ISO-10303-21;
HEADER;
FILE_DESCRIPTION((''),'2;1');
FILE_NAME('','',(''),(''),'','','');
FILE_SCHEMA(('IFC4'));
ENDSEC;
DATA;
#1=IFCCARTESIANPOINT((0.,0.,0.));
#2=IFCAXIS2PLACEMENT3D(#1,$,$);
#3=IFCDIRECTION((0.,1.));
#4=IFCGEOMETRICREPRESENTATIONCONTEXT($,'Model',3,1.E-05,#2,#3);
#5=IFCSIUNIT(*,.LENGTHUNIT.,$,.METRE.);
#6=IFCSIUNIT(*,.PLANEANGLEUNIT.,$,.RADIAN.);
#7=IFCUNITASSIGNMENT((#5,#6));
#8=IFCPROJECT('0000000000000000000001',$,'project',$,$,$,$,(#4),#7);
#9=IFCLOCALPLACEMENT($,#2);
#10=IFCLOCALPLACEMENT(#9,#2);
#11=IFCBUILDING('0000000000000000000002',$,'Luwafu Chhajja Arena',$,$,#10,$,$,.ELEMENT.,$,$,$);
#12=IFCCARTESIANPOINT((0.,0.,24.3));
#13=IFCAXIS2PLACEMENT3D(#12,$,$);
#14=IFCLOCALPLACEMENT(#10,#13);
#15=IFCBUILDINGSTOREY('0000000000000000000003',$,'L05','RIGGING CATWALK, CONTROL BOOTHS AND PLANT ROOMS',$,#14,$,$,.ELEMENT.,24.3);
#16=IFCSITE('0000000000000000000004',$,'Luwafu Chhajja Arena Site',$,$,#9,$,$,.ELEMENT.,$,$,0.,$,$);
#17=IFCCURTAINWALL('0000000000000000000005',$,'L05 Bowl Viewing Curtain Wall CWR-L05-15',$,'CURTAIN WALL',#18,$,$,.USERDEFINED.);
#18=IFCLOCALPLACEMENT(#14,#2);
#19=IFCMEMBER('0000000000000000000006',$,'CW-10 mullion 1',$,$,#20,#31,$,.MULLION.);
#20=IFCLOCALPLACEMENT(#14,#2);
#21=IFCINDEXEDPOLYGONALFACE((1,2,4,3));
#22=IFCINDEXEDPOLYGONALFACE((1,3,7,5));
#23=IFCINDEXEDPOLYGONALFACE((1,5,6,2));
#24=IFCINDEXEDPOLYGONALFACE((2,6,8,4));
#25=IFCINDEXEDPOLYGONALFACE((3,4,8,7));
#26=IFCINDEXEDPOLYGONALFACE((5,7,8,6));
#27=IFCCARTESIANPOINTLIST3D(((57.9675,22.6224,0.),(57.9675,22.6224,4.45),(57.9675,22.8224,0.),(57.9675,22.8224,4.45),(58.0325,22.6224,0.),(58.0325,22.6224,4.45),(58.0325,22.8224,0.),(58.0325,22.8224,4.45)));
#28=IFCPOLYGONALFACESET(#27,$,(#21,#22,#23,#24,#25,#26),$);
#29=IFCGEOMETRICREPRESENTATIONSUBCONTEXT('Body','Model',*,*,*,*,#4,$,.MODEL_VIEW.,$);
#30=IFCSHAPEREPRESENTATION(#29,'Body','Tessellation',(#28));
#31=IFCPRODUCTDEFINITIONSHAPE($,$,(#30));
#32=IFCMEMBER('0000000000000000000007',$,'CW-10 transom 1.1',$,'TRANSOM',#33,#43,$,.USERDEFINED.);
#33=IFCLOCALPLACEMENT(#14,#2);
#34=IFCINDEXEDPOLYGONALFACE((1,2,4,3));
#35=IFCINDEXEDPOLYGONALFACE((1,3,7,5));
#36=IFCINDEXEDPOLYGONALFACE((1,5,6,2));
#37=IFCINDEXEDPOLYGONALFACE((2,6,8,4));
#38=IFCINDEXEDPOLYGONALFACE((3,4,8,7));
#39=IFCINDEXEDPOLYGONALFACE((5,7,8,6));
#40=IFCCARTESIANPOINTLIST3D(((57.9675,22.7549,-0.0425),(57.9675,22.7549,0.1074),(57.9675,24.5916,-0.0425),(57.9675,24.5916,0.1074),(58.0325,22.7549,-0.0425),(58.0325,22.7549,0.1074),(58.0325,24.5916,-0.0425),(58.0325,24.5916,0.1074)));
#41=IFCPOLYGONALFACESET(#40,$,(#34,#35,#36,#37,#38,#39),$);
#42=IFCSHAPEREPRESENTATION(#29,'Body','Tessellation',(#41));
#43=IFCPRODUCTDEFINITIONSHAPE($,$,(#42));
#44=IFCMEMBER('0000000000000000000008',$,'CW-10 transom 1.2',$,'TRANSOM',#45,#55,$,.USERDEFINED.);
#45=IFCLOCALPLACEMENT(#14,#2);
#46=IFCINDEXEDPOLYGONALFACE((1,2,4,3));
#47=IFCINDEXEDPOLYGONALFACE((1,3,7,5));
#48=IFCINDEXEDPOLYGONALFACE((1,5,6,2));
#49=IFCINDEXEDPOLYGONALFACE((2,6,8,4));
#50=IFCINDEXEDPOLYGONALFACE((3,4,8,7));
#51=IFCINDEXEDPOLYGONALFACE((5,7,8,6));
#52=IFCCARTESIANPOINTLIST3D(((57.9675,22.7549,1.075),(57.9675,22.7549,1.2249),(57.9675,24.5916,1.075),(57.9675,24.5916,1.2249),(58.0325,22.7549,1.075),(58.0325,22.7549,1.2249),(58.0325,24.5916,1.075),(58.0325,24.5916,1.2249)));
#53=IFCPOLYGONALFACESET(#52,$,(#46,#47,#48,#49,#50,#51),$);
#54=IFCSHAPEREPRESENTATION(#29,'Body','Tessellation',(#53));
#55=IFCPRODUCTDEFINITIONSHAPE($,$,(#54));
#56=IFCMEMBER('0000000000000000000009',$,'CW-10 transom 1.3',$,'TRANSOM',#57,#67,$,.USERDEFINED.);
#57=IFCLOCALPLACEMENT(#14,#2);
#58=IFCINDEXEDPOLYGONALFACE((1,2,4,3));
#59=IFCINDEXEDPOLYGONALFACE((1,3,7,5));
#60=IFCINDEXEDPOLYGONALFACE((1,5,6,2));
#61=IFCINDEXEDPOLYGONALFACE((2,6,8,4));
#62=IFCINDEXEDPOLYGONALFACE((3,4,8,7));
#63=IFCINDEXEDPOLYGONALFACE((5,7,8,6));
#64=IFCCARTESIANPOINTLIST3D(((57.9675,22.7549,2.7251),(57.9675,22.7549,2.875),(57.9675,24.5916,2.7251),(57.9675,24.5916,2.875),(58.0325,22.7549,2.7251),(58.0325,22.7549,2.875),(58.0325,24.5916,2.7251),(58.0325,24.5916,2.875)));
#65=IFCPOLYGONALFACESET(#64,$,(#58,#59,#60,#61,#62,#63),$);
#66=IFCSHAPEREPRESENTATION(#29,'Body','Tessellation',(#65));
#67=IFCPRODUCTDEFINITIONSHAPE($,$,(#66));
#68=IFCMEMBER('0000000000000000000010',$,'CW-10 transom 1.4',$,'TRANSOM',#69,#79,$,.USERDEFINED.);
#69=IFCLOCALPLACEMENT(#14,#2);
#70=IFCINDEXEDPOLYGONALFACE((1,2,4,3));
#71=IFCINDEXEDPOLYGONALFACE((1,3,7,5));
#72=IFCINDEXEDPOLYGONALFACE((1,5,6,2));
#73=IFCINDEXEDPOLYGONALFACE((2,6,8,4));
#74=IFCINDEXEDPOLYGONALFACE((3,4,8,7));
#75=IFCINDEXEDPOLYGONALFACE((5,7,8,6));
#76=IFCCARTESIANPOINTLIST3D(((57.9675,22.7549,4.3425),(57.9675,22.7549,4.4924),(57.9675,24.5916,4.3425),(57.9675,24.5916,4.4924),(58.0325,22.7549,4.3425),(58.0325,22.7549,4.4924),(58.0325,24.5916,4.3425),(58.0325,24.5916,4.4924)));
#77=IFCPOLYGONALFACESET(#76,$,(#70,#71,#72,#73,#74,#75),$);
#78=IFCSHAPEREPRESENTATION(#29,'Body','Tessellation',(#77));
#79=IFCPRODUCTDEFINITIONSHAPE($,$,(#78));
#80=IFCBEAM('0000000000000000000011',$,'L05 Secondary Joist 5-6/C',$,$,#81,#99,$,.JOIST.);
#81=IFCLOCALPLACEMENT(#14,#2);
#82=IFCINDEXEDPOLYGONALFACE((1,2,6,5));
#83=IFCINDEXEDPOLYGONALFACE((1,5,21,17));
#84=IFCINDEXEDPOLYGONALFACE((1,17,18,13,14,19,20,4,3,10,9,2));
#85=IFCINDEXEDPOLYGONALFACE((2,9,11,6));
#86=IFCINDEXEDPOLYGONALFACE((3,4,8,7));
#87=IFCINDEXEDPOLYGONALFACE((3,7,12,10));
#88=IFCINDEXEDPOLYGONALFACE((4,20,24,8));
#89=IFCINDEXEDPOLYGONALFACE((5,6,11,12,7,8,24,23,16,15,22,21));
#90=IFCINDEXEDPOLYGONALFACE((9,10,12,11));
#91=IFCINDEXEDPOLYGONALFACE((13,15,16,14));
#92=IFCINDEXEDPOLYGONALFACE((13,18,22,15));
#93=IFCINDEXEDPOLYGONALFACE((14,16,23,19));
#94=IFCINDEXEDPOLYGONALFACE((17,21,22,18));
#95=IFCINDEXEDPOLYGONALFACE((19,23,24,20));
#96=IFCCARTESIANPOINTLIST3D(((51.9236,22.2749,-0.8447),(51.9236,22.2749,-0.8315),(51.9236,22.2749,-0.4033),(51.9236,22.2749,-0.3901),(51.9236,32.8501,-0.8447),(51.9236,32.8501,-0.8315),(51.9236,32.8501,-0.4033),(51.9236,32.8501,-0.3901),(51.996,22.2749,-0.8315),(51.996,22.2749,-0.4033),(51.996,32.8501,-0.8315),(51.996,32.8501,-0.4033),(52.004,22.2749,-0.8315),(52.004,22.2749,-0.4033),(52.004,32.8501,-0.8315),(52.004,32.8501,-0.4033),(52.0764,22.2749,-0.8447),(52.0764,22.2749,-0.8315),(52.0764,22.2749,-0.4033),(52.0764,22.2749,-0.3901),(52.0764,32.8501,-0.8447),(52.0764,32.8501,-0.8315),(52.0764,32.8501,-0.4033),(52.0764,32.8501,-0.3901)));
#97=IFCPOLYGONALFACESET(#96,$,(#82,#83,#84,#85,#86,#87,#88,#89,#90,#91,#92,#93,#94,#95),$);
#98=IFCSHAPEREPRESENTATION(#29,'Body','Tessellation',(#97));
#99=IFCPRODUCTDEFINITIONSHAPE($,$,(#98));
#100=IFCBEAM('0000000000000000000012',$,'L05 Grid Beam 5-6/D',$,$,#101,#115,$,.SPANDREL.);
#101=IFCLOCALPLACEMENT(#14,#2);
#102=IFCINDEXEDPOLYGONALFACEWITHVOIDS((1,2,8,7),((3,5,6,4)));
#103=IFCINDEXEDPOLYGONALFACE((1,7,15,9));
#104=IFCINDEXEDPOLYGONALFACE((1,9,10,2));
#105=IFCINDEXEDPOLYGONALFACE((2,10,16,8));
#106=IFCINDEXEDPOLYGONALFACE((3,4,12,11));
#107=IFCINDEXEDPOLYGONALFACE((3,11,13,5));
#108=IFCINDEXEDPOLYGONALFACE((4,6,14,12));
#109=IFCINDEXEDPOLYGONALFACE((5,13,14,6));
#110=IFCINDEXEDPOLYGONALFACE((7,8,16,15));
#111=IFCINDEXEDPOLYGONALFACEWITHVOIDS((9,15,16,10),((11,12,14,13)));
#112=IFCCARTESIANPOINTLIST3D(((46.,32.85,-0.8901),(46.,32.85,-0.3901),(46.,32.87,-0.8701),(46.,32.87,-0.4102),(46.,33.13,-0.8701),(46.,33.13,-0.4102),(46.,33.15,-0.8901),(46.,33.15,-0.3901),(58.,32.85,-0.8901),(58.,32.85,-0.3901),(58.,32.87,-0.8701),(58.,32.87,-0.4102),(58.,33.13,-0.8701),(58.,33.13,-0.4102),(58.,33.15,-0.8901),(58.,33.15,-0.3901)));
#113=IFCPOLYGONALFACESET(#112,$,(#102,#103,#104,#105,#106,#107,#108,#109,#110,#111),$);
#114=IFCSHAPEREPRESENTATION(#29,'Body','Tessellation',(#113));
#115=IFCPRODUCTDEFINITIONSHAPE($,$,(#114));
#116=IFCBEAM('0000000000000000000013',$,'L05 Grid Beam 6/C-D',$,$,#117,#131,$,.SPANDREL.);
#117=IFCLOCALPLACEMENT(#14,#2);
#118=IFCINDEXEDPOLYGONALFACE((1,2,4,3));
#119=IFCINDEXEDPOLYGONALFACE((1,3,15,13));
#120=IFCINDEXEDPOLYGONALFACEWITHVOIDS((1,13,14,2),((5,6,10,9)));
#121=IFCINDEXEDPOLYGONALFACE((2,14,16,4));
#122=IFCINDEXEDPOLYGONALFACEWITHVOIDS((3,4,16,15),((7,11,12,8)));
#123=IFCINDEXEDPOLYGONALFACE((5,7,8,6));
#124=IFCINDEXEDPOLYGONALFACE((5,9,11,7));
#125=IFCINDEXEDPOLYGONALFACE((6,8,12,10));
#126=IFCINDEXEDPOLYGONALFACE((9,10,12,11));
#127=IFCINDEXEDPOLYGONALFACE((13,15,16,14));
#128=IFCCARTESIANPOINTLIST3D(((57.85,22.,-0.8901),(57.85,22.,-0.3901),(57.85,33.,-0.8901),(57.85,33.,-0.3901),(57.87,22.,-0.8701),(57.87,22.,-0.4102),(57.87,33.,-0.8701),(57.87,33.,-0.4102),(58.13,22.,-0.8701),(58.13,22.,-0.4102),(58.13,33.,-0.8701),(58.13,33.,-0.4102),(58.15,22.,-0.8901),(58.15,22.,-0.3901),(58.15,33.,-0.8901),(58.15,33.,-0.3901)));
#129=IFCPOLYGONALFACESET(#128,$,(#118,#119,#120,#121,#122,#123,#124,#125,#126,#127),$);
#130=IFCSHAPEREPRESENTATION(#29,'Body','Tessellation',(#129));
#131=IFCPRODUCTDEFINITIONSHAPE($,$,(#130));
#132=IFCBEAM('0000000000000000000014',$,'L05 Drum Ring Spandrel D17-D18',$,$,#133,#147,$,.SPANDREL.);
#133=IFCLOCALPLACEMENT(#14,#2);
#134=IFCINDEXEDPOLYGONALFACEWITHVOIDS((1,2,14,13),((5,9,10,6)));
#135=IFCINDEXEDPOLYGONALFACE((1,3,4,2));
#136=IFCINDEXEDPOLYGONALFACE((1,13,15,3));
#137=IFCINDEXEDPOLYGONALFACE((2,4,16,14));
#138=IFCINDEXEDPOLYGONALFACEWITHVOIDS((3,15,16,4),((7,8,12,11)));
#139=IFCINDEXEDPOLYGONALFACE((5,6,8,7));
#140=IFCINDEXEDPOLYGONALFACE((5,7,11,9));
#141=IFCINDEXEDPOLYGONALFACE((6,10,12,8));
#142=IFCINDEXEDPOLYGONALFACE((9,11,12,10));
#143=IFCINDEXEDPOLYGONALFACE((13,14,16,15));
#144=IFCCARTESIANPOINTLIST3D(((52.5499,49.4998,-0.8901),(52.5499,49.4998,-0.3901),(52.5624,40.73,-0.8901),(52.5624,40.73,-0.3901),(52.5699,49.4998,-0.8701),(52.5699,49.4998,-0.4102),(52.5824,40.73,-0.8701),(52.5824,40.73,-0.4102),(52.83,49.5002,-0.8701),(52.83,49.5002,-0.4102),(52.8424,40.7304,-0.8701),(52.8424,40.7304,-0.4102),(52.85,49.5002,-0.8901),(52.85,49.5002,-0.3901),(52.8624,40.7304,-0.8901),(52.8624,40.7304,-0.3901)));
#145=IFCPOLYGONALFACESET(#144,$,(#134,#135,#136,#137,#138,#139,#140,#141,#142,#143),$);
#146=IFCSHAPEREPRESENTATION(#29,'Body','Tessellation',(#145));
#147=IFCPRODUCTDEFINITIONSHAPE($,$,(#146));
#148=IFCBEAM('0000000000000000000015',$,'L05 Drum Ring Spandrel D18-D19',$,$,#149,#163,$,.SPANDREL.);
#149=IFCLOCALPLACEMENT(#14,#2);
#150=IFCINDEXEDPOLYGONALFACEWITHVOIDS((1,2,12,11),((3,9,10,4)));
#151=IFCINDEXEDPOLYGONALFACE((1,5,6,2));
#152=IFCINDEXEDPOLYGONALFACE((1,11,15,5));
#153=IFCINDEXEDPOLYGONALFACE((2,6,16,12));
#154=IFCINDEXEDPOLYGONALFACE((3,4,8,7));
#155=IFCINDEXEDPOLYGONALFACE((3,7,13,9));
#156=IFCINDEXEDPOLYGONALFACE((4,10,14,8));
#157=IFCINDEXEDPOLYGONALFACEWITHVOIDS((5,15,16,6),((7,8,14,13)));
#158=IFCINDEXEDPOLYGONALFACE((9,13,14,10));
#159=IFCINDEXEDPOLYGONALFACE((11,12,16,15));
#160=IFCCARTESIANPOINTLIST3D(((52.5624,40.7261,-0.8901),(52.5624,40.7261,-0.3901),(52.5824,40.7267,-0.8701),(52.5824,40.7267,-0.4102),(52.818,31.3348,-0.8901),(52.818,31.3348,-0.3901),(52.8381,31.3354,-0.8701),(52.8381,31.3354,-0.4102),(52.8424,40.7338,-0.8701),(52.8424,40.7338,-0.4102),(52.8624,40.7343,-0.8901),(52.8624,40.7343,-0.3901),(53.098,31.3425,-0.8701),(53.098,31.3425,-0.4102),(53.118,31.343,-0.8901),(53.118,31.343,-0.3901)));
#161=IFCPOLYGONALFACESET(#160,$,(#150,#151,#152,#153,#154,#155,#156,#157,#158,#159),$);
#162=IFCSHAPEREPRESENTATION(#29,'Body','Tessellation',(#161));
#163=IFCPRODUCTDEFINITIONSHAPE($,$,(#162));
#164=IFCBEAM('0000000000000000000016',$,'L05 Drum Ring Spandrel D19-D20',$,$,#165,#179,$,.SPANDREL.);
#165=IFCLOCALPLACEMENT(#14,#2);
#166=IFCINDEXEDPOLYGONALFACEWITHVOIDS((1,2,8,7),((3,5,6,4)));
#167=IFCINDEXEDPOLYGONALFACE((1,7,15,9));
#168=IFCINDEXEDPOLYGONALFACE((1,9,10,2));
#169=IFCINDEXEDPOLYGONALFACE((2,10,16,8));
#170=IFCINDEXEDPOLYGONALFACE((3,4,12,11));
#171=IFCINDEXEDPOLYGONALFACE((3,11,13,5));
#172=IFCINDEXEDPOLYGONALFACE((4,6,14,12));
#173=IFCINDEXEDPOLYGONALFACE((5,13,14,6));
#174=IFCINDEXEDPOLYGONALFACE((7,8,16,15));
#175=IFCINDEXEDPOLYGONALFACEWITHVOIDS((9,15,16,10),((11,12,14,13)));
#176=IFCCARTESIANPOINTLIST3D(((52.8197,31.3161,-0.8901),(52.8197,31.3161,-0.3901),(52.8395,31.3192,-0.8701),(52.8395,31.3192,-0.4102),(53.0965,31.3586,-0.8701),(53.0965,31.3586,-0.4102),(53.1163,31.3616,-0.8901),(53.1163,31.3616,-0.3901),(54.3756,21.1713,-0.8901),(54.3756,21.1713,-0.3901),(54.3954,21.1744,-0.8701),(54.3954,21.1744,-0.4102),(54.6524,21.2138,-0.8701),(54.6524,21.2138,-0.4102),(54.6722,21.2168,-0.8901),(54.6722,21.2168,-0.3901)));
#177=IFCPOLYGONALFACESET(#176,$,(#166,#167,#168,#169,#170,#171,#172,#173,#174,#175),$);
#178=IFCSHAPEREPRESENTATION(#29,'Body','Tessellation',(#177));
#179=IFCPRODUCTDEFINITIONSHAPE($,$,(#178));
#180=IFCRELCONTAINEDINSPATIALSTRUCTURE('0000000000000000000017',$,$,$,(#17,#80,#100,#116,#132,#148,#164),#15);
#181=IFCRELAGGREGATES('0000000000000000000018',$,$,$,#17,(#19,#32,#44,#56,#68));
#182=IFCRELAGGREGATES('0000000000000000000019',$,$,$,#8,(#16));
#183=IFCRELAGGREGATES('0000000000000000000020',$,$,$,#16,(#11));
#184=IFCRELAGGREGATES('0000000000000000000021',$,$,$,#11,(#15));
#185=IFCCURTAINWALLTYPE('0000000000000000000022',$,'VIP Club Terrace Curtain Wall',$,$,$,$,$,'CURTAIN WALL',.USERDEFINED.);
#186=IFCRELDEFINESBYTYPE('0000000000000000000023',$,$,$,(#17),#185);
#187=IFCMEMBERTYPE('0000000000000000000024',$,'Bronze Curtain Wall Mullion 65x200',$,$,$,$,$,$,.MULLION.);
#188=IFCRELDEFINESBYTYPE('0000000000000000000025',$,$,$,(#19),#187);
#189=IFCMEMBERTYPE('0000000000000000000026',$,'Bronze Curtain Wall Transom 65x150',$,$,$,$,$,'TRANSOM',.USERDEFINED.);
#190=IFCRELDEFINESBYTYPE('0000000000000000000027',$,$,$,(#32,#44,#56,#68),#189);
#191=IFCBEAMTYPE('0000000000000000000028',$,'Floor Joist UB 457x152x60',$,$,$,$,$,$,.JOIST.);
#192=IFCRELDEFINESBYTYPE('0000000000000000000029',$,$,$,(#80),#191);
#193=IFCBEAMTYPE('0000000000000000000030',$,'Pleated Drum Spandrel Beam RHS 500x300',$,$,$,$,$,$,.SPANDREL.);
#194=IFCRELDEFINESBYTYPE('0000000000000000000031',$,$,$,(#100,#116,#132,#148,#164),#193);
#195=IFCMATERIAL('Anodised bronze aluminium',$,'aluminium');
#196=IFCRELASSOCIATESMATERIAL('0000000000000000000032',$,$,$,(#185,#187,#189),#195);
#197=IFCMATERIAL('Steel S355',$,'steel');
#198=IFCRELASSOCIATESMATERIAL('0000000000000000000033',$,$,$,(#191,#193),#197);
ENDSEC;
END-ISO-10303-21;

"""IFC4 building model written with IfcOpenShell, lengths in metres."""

from ifc_helpers import new_model, si_unit, direction, frame, origin, origin_2d, place, context, subcontext, project, spatial, rectangle, hollow_rectangle, i_section, extrude, material, material_profile, profile_set, type_object, element, aggregate, save


model = new_model("IFC4")

# Units and contexts
model_context = context("Model", 3, precision=1e-05, world=origin(), true_north=direction((0.0, 1.0)))
body_context = subcontext(model_context, "Body", "Model", "MODEL_VIEW")
ifc_project = project(units=[si_unit("LENGTHUNIT", "METRE"), si_unit("PLANEANGLEUNIT", "RADIAN")], contexts=[model_context])

# Site, building, storey
site_placement = place(None, origin())
site = spatial("IfcSite", under=ifc_project, at=site_placement, Name="Luwafu Chhajja Arena Site", CompositionType="ELEMENT", RefElevation=0.0)
building_placement = place(site_placement, origin())
building = spatial("IfcBuilding", under=site, at=building_placement, Name="Luwafu Chhajja Arena", CompositionType="ELEMENT")
storey_placement = place(building_placement, frame((0.0, 0.0, 24.3)))
storey = spatial("IfcBuildingStorey", under=building, at=storey_placement, Name="L05", Description="RIGGING CATWALK, CONTROL BOOTHS AND PLANT ROOMS", CompositionType="ELEMENT", Elevation=24.3)

# Shared definitions
ifc_material_1 = material(Name="Steel S355", Category="steel")

# Curtain wall, members
ifc_material_2 = material(Name="Anodised bronze aluminium", Category="aluminium")
curtain_wall_type = type_object("IfcCurtainWallType", Name="VIP Club Terrace Curtain Wall", ElementType="CURTAIN WALL", PredefinedType="USERDEFINED", material=ifc_material_2)
curtain_wall_placement = place(storey_placement, origin())
curtain_wall = element("IfcCurtainWall", 1, at=curtain_wall_placement, inside=storey, type_object=curtain_wall_type, Name="L05 Bowl Viewing Curtain Wall CWR-L05-15", ObjectType="CURTAIN WALL", PredefinedType="USERDEFINED")
ifc_material_profile_1 = material_profile(ifc_material_2, rectangle(XDim=0.0649, YDim=0.2, at=origin_2d()), Name="CWM 65x200")
ifc_profile_set_1 = profile_set([ifc_material_profile_1], Name="Anodised bronze aluminium")
member_type_1 = type_object("IfcMemberType", Name="Bronze Curtain Wall Mullion 65x200", PredefinedType="MULLION", material=ifc_profile_set_1)
member_1_placement = place(storey_placement, frame((58.0, 22.7224, 0.0), z_axis=(0.0, 0.0, 1.0), x_axis=(-1.0, 0.0, 0.0)))
member_1 = element("IfcMember", 2, at=member_1_placement, type_object=member_type_1, Name="CW-10 mullion 1", PredefinedType="MULLION", context=body_context, shape_type="SweptSolid", body=[
    extrude(rectangle(XDim=0.0649, YDim=0.2, at=origin_2d()), origin(), (0.0, 0.0, 1.0), 4.45),
])
ifc_material_profile_2 = material_profile(ifc_material_2, rectangle(XDim=0.0649, YDim=0.1499, at=origin_2d()), Name="CWT 65x150")
ifc_profile_set_2 = profile_set([ifc_material_profile_2], Name="Anodised bronze aluminium")
member_type_2 = type_object("IfcMemberType", Name="Bronze Curtain Wall Transom 65x150", ElementType="TRANSOM", PredefinedType="USERDEFINED", material=ifc_profile_set_2)
member_2_placement = place(storey_placement, frame((58.0, 22.7549, 0.0325), z_axis=(0.0, 1.0, 0.0), x_axis=(-1.0, 0.0, 0.0)))
member_2 = element("IfcMember", 3, at=member_2_placement, type_object=member_type_2, Name="CW-10 transom 1.1", ObjectType="TRANSOM", PredefinedType="USERDEFINED", context=body_context, shape_type="SweptSolid", body=[
    extrude(rectangle(XDim=0.0649, YDim=0.1499, at=origin_2d()), origin(), (0.0, 0.0, 1.0), 1.8367),
])
member_3_placement = place(storey_placement, frame((58.0, 22.7549, 1.1499), z_axis=(0.0, 1.0, 0.0), x_axis=(-1.0, 0.0, 0.0)))
member_3 = element("IfcMember", 4, at=member_3_placement, type_object=member_type_2, Name="CW-10 transom 1.2", ObjectType="TRANSOM", PredefinedType="USERDEFINED", context=body_context, shape_type="SweptSolid", body=[
    extrude(rectangle(XDim=0.0649, YDim=0.1499, at=origin_2d()), origin(), (0.0, 0.0, 1.0), 1.8367),
])
member_4_placement = place(storey_placement, frame((58.0, 22.7549, 2.8), z_axis=(0.0, 1.0, 0.0), x_axis=(-1.0, 0.0, 0.0)))
member_4 = element("IfcMember", 5, at=member_4_placement, type_object=member_type_2, Name="CW-10 transom 1.3", ObjectType="TRANSOM", PredefinedType="USERDEFINED", context=body_context, shape_type="SweptSolid", body=[
    extrude(rectangle(XDim=0.0649, YDim=0.1499, at=origin_2d()), origin(), (0.0, 0.0, 1.0), 1.8367),
])
member_5_placement = place(storey_placement, frame((58.0, 22.7549, 4.4175), z_axis=(0.0, 1.0, 0.0), x_axis=(-1.0, 0.0, 0.0)))
member_5 = element("IfcMember", 6, at=member_5_placement, type_object=member_type_2, Name="CW-10 transom 1.4", ObjectType="TRANSOM", PredefinedType="USERDEFINED", context=body_context, shape_type="SweptSolid", body=[
    extrude(rectangle(XDim=0.0649, YDim=0.1499, at=origin_2d()), origin(), (0.0, 0.0, 1.0), 1.8367),
])
aggregate(curtain_wall, [member_1, member_2, member_3, member_4, member_5])

# Beams
ifc_material_profile_3 = material_profile(ifc_material_1, i_section(OverallWidth=0.1528, OverallDepth=0.4546, WebThickness=0.0081, FlangeThickness=0.0132, at=origin_2d()), Name="UB 457x152x60")
ifc_profile_set_3 = profile_set([ifc_material_profile_3], Name="Steel S355")
beam_type_1 = type_object("IfcBeamType", Name="Floor Joist UB 457x152x60", PredefinedType="JOIST", material=ifc_profile_set_3)
beam_1_placement = place(storey_placement, frame((52.0, 22.2749, -0.6174), z_axis=(0.0, 1.0, 0.0), x_axis=(-1.0, 0.0, 0.0)))
element("IfcBeam", 7, at=beam_1_placement, inside=storey, type_object=beam_type_1, Name="L05 Secondary Joist 5-6/C", PredefinedType="JOIST", context=body_context, shape_type="SweptSolid", body=[
    extrude(i_section(OverallWidth=0.1528, OverallDepth=0.4546, WebThickness=0.0081, FlangeThickness=0.0132, at=origin_2d()), origin(), (0.0, 0.0, 1.0), 10.5752),
])
ifc_material_profile_4 = material_profile(ifc_material_1, hollow_rectangle(XDim=0.3, YDim=0.5, WallThickness=0.02, at=origin_2d()), Name="RHS 500x300x20")
ifc_profile_set_4 = profile_set([ifc_material_profile_4], Name="Steel S355")
beam_type_2 = type_object("IfcBeamType", Name="Pleated Drum Spandrel Beam RHS 500x300", PredefinedType="SPANDREL", material=ifc_profile_set_4)
beam_2_placement = place(storey_placement, frame((46.0, 33.0, -0.6401), z_axis=(1.0, 0.0, 0.0), x_axis=(0.0, 1.0, 0.0)))
element("IfcBeam", 8, at=beam_2_placement, inside=storey, type_object=beam_type_2, Name="L05 Grid Beam 5-6/D", PredefinedType="SPANDREL", context=body_context, shape_type="SweptSolid", body=[
    extrude(hollow_rectangle(XDim=0.3, YDim=0.5, WallThickness=0.02, at=origin_2d()), origin(), (0.0, 0.0, 1.0), 12.0),
])
beam_3_placement = place(storey_placement, frame((58.0, 22.0, -0.6401), z_axis=(0.0, 1.0, 0.0), x_axis=(-1.0, 0.0, 0.0)))
element("IfcBeam", 9, at=beam_3_placement, inside=storey, type_object=beam_type_2, Name="L05 Grid Beam 6/C-D", PredefinedType="SPANDREL", context=body_context, shape_type="SweptSolid", body=[
    extrude(hollow_rectangle(XDim=0.3, YDim=0.5, WallThickness=0.02, at=origin_2d()), origin(), (0.0, 0.0, 1.0), 11.0),
])
beam_4_placement = place(storey_placement, frame((52.7, 49.5, -0.6401), z_axis=(0.00142, -0.999999, 0.0), x_axis=(0.999999, 0.00142, 0.0)))
element("IfcBeam", 10, at=beam_4_placement, inside=storey, type_object=beam_type_2, Name="L05 Drum Ring Spandrel D17-D18", PredefinedType="SPANDREL", context=body_context, shape_type="SweptSolid", body=[
    extrude(hollow_rectangle(XDim=0.3, YDim=0.5, WallThickness=0.02, at=origin_2d()), origin(), (0.0, 0.0, 1.0), 8.7698),
])
beam_5_placement = place(storey_placement, frame((52.7124, 40.7302, -0.6401), z_axis=(0.027208, -0.99963, 0.0), x_axis=(0.99963, 0.027208, 0.0)))
element("IfcBeam", 11, at=beam_5_placement, inside=storey, type_object=beam_type_2, Name="L05 Drum Ring Spandrel D18-D19", PredefinedType="SPANDREL", context=body_context, shape_type="SweptSolid", body=[
    extrude(hollow_rectangle(XDim=0.3, YDim=0.5, WallThickness=0.02, at=origin_2d()), origin(), (0.0, 0.0, 1.0), 9.3948),
])
beam_6_placement = place(storey_placement, frame((52.968, 31.3389, -0.6401), z_axis=(0.151598, -0.988442, 0.0), x_axis=(0.988442, 0.151598, 0.0)))
element("IfcBeam", 12, at=beam_6_placement, inside=storey, type_object=beam_type_2, Name="L05 Drum Ring Spandrel D19-D20", PredefinedType="SPANDREL", context=body_context, shape_type="SweptSolid", body=[
    extrude(hollow_rectangle(XDim=0.3, YDim=0.5, WallThickness=0.02, at=origin_2d()), origin(), (0.0, 0.0, 1.0), 10.2634),
])

save(model, "model.ifc")
